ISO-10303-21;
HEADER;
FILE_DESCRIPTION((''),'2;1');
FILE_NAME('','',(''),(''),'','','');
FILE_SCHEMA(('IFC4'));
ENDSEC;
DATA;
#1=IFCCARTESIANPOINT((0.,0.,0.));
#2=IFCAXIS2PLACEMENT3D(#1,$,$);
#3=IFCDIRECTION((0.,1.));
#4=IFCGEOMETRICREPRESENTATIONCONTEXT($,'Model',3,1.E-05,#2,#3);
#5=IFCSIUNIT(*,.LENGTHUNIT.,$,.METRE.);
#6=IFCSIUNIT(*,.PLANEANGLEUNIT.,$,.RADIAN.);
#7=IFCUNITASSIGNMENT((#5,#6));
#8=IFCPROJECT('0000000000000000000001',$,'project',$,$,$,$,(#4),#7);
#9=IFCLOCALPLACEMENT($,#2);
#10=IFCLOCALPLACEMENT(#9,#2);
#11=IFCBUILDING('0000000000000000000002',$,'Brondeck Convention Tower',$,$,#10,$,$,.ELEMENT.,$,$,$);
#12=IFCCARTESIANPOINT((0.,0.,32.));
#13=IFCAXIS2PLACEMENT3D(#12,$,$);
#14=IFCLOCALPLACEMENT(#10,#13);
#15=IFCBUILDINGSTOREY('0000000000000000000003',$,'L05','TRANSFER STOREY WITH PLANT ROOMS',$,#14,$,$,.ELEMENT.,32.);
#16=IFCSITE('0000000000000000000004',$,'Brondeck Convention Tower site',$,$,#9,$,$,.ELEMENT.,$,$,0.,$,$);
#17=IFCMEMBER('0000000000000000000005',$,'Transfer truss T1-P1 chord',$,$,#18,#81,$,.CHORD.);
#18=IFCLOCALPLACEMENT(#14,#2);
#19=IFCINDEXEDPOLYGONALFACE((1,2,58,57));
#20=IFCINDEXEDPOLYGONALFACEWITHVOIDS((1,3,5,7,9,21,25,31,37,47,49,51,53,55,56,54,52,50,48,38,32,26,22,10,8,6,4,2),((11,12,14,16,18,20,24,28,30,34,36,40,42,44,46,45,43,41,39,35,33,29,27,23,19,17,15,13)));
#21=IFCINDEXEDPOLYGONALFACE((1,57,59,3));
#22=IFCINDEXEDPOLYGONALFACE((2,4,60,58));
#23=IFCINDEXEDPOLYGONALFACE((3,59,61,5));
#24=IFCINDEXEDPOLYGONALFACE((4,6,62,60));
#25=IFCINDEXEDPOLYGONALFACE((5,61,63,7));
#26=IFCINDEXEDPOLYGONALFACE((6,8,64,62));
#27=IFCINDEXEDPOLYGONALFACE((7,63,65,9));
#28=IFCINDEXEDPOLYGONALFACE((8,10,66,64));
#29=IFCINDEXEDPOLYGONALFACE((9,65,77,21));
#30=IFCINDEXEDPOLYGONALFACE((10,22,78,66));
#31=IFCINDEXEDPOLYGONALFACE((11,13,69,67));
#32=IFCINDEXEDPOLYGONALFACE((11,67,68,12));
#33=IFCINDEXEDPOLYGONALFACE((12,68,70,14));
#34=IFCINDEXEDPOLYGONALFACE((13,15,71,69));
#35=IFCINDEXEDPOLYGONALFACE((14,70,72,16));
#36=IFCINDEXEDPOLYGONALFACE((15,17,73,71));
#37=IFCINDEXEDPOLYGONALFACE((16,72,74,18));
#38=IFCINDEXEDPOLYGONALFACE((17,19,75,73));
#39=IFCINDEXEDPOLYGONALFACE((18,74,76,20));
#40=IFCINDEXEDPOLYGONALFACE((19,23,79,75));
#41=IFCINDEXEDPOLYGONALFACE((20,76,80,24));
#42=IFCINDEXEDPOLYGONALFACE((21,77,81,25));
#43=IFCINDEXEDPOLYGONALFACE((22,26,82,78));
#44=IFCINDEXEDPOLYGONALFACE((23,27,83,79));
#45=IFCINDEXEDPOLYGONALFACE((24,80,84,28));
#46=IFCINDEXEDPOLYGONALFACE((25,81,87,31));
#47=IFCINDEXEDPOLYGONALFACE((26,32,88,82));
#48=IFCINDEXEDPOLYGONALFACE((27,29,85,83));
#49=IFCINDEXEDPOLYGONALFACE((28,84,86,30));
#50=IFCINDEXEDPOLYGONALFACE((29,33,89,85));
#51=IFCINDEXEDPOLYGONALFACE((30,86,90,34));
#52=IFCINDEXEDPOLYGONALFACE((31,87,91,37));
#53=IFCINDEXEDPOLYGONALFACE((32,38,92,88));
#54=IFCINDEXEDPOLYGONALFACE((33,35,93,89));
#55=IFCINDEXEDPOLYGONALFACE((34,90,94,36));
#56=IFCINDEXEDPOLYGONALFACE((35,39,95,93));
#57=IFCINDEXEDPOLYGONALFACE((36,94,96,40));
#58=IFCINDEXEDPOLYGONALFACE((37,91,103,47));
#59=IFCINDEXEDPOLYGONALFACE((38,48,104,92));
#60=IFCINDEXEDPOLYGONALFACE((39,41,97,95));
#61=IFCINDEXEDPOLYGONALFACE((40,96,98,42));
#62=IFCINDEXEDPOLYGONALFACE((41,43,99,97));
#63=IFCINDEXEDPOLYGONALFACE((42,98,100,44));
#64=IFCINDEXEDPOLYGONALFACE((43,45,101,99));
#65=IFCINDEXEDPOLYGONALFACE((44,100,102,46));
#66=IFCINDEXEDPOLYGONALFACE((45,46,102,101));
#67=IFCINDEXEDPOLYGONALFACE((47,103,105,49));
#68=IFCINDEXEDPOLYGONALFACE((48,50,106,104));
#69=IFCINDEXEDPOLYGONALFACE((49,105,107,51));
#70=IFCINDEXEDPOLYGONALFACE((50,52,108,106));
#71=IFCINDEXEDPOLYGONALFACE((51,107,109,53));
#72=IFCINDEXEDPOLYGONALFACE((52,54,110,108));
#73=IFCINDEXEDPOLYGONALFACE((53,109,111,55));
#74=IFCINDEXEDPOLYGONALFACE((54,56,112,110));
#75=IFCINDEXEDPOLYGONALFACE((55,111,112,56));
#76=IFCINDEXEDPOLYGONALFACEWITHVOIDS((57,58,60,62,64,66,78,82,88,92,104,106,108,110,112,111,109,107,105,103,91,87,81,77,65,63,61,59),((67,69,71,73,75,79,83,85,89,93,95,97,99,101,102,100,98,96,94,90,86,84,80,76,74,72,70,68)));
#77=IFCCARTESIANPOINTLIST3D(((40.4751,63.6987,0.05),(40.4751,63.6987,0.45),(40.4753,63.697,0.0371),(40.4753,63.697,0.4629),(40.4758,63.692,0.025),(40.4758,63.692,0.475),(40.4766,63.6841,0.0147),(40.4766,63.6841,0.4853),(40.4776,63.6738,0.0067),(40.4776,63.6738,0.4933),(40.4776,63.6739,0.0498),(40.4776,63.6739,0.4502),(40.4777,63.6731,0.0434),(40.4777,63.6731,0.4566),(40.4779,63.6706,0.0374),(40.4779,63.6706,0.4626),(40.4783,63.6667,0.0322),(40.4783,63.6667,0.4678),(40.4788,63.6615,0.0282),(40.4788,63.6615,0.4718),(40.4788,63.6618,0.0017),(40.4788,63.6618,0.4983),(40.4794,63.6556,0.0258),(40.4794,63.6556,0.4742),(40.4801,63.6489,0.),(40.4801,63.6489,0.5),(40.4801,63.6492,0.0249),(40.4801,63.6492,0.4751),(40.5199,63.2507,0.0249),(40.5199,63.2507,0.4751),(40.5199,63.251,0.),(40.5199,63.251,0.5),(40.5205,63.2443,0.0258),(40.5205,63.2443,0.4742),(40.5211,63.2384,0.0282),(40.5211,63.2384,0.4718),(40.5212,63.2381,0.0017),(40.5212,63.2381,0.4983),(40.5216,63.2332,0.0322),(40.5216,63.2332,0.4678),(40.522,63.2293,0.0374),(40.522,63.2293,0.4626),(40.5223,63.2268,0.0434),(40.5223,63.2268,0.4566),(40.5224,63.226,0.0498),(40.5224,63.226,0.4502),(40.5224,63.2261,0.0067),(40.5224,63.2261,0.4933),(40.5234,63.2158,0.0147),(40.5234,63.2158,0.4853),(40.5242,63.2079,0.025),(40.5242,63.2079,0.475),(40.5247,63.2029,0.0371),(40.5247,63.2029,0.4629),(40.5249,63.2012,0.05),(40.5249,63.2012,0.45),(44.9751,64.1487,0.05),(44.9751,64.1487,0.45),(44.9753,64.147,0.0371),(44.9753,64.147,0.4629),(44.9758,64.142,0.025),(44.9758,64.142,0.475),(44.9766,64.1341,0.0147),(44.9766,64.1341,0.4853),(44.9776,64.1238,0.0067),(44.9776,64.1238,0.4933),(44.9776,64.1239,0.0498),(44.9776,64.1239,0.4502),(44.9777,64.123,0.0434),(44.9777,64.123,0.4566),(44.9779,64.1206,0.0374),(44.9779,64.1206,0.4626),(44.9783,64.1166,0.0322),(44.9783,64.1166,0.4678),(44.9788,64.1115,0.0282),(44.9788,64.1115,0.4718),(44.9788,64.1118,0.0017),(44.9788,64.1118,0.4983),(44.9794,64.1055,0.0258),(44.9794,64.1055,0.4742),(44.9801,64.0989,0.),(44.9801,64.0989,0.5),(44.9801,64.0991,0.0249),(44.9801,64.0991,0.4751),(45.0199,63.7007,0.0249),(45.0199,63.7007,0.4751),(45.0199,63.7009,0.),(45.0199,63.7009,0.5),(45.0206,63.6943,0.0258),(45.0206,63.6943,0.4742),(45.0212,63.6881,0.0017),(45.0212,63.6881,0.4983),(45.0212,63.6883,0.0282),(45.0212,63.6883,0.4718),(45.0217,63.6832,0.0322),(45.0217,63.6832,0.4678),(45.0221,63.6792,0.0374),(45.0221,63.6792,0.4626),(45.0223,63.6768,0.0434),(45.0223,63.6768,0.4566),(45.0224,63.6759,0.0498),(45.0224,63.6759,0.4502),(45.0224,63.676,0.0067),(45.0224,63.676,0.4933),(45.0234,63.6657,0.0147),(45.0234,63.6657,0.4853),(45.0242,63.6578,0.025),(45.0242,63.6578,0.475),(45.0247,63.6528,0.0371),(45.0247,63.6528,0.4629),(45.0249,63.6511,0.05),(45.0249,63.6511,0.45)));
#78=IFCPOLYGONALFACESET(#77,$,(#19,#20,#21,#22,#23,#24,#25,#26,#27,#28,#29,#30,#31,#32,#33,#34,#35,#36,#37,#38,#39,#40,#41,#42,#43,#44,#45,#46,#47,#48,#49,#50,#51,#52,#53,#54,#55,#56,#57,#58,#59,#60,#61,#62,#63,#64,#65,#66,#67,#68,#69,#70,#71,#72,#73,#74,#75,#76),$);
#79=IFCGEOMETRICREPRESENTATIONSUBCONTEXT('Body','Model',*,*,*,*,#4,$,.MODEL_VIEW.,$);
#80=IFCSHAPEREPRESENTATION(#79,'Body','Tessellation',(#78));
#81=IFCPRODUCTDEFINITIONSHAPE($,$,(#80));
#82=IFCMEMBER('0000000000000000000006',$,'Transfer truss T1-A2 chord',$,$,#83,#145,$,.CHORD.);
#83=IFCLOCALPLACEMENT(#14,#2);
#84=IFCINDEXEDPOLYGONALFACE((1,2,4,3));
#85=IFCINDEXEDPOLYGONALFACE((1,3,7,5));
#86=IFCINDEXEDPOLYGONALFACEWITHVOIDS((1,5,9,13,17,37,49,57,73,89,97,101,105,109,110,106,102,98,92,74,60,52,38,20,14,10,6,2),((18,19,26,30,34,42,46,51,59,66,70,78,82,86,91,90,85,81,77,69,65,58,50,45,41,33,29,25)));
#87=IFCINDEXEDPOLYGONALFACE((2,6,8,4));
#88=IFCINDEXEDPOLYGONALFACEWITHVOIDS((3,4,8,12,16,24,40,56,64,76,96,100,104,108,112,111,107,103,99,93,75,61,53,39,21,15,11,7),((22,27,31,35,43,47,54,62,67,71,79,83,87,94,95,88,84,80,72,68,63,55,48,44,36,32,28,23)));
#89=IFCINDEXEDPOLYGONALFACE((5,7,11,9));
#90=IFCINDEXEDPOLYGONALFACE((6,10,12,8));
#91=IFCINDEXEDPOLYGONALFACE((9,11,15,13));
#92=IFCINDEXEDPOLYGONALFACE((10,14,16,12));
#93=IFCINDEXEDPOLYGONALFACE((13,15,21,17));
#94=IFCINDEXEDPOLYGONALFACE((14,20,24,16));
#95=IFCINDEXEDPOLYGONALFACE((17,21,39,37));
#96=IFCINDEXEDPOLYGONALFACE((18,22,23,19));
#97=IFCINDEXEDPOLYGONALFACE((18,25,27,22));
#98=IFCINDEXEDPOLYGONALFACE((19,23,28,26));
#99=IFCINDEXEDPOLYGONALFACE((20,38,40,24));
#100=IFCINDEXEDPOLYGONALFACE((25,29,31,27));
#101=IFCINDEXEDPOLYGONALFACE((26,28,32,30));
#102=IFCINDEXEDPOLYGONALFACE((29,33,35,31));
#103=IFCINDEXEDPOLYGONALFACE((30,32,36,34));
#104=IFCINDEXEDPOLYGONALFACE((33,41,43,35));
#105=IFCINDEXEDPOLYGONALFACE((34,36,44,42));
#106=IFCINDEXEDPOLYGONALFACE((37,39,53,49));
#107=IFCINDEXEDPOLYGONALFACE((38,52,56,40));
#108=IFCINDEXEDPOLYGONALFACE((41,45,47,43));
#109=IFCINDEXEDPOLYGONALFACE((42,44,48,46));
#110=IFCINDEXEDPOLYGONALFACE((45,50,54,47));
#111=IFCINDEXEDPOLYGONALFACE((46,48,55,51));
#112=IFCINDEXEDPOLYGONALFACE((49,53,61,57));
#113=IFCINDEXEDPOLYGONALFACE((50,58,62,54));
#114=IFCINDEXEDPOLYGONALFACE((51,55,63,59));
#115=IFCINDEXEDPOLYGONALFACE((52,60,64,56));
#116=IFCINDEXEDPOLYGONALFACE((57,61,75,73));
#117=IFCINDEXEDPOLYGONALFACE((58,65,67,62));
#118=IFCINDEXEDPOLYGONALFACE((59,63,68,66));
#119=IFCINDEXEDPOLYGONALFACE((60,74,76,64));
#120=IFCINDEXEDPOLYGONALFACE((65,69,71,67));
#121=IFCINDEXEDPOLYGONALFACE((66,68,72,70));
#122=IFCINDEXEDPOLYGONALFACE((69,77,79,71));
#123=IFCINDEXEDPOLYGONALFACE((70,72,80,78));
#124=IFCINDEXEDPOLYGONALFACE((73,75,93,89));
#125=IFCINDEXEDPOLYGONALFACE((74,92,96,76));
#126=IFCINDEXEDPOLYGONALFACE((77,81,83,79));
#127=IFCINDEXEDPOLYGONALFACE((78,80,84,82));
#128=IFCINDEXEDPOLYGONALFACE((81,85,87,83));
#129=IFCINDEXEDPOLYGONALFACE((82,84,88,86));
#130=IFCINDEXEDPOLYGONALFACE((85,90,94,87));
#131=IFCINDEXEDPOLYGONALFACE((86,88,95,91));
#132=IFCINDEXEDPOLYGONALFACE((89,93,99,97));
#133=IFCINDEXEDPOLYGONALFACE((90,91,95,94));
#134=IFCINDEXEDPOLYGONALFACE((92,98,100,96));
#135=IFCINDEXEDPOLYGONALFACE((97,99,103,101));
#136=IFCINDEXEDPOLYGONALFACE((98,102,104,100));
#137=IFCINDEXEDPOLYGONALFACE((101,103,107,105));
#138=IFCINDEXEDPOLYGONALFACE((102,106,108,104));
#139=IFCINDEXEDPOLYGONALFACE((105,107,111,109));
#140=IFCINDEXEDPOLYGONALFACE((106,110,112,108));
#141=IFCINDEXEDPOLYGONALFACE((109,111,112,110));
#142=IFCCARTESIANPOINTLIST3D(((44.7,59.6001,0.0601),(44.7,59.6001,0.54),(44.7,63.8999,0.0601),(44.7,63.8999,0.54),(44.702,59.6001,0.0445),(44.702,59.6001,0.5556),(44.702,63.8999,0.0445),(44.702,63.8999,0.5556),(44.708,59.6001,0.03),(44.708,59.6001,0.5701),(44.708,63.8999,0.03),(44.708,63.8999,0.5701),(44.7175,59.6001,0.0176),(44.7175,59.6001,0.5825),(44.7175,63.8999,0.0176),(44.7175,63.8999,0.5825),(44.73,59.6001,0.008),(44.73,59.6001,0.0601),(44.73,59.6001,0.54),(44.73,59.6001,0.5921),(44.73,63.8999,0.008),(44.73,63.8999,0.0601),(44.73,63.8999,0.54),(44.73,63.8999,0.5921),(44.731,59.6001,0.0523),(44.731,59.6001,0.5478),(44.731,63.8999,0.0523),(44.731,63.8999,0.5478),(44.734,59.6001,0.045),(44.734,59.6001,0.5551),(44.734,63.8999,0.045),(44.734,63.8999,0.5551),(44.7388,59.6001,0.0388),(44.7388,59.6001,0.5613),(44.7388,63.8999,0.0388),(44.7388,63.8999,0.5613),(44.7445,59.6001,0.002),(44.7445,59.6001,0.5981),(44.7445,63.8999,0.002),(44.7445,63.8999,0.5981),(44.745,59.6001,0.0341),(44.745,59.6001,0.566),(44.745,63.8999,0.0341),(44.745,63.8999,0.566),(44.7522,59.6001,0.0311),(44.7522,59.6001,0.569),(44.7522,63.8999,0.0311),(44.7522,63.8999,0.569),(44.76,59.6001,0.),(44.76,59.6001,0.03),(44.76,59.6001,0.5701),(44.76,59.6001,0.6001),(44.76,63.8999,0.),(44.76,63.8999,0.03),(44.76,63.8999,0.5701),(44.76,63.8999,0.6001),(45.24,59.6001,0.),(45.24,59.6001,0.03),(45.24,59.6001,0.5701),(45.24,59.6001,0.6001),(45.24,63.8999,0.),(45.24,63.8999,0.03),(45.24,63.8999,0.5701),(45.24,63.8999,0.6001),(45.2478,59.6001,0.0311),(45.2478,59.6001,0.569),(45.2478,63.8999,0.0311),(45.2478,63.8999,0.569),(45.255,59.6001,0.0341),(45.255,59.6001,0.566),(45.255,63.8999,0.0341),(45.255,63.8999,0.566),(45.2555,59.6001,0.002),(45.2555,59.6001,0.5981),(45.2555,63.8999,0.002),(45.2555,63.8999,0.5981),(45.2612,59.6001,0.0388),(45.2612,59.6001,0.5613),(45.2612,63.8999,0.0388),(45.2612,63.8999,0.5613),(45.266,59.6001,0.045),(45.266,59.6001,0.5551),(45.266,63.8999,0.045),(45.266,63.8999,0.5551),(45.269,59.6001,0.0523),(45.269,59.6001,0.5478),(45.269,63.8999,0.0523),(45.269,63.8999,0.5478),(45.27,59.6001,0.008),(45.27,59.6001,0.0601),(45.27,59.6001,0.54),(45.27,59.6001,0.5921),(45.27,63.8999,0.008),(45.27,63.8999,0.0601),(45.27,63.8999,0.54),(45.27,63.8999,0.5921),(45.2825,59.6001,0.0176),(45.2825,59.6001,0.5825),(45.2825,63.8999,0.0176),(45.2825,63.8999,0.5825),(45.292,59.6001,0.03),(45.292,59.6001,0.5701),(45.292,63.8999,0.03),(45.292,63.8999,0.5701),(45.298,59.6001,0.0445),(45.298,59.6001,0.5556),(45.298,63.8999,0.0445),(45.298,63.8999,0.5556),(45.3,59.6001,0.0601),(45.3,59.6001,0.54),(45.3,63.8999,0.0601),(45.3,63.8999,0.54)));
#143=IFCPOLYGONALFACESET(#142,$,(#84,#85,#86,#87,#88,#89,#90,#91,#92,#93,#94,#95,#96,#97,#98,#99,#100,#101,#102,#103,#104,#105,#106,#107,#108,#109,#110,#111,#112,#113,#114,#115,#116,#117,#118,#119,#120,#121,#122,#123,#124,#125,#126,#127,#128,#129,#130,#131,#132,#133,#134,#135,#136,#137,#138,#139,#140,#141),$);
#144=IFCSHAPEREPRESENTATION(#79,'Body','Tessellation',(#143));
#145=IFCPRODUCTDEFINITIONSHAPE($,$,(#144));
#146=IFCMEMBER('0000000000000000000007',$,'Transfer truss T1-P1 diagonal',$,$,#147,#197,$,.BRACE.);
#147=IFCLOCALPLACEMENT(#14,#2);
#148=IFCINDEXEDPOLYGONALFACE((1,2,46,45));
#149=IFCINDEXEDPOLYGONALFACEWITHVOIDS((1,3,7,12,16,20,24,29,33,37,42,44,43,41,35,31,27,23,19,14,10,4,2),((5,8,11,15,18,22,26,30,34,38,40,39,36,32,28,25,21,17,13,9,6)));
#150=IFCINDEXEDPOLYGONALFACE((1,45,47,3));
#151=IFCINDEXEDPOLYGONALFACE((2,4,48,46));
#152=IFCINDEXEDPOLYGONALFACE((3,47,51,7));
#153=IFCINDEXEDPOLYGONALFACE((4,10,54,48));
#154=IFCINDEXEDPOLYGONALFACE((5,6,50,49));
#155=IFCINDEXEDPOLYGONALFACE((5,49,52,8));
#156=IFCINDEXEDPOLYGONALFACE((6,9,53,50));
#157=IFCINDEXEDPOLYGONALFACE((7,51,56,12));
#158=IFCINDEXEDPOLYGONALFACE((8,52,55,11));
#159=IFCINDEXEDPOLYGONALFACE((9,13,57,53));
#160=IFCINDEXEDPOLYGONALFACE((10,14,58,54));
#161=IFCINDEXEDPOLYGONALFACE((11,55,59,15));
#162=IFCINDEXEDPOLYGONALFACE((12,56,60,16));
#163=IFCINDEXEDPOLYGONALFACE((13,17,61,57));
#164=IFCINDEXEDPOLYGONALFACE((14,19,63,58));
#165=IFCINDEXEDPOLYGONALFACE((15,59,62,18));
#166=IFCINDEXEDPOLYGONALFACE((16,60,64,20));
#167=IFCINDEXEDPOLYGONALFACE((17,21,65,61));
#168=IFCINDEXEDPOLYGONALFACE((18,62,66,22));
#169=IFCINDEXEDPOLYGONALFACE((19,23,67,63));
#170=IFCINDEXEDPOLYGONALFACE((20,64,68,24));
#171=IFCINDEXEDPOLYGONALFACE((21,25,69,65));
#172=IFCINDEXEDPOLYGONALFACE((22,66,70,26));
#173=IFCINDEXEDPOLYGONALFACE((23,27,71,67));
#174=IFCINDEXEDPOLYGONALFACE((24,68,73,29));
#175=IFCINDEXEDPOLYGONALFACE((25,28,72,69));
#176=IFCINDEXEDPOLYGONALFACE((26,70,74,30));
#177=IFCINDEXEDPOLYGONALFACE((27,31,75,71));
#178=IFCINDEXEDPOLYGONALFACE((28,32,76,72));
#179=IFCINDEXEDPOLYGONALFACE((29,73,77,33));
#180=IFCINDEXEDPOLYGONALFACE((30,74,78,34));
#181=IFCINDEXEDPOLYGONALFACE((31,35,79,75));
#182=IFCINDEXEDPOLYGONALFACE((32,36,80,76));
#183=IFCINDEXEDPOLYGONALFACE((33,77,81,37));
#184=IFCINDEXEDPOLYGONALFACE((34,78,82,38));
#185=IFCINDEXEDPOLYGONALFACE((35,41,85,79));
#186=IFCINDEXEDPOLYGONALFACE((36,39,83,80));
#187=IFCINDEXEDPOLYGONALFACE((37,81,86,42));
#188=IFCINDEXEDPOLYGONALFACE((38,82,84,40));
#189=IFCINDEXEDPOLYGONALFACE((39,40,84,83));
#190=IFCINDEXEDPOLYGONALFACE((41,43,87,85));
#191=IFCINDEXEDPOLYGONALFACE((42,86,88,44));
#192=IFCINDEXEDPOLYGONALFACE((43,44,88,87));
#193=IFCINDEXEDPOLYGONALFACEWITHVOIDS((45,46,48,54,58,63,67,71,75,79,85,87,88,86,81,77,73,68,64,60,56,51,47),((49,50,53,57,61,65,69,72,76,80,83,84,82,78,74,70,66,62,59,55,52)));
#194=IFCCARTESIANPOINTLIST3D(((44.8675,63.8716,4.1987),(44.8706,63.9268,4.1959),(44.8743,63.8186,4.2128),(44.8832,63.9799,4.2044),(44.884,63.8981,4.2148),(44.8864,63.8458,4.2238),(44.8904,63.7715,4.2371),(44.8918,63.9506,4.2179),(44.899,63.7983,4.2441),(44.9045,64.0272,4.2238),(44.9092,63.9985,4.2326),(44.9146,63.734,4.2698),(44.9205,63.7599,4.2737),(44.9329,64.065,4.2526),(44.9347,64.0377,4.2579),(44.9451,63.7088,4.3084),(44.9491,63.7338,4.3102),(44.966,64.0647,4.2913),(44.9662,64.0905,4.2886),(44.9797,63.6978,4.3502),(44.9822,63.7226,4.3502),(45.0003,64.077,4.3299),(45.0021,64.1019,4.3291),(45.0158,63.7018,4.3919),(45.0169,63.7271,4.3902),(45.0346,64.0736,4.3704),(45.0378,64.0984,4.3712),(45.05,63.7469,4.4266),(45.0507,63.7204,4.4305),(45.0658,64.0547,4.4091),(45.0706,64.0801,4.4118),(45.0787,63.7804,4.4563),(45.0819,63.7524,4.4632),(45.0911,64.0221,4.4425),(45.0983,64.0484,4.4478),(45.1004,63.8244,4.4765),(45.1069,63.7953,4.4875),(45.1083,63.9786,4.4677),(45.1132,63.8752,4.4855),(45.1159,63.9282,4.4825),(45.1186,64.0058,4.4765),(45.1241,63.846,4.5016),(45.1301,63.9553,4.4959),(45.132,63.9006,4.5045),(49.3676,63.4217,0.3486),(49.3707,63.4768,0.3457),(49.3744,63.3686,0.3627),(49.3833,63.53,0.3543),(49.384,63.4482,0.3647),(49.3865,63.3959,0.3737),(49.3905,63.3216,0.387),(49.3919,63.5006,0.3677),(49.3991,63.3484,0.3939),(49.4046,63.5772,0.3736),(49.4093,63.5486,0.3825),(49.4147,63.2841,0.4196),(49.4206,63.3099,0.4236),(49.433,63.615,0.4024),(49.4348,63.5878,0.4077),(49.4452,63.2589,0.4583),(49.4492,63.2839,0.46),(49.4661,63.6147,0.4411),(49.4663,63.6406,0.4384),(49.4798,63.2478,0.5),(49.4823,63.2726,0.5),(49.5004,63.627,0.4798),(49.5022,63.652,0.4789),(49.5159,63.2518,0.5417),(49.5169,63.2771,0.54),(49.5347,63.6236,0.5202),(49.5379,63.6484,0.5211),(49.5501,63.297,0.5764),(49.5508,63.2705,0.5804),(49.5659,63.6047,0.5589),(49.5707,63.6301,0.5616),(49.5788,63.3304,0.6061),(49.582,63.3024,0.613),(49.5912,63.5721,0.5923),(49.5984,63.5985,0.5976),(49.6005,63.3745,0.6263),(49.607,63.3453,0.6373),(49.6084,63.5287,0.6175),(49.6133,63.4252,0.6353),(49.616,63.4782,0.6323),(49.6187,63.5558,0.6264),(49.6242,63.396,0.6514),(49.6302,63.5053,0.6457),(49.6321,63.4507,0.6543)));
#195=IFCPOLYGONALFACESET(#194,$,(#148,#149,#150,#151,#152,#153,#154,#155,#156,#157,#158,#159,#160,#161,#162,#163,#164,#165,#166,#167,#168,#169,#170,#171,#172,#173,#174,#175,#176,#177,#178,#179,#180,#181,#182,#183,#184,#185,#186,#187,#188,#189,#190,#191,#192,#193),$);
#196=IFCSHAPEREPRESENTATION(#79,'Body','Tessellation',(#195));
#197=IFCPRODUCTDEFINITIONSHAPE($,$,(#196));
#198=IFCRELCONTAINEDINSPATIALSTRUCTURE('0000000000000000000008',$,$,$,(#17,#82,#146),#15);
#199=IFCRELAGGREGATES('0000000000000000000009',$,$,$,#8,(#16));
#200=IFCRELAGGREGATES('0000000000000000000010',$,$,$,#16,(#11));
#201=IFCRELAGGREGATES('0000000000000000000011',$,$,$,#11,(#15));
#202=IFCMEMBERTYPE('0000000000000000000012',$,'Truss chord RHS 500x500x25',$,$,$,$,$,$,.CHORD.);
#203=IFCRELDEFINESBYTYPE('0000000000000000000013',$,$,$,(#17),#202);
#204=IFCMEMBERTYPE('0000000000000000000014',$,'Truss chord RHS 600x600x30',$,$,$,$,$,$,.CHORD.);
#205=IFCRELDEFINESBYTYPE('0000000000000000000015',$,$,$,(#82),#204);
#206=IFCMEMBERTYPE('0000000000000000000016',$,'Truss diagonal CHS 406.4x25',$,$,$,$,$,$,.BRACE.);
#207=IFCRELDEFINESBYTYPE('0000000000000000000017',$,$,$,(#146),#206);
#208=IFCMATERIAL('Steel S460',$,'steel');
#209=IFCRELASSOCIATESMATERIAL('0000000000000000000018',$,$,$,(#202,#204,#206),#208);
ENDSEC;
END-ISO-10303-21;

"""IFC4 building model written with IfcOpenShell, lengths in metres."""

from ifc_helpers import new_model, si_unit, direction, frame, origin, origin_2d, place, context, subcontext, project, spatial, hollow_rectangle, hollow_circle, extrude, material, material_profile, profile_set, type_object, element, save


model = new_model("IFC4")

# Units and contexts
model_context = context("Model", 3, precision=1e-05, world=origin(), true_north=direction((0.0, 1.0)))
body_context = subcontext(model_context, "Body", "Model", "MODEL_VIEW")
ifc_project = project(units=[si_unit("LENGTHUNIT", "METRE"), si_unit("PLANEANGLEUNIT", "RADIAN")], contexts=[model_context])

# Site, building, storey
site_placement = place(None, origin())
site = spatial("IfcSite", under=ifc_project, at=site_placement, Name="Brondeck Convention Tower site", CompositionType="ELEMENT", RefElevation=0.0)
building_placement = place(site_placement, origin())
building = spatial("IfcBuilding", under=site, at=building_placement, Name="Brondeck Convention Tower", CompositionType="ELEMENT")
storey_placement = place(building_placement, frame((0.0, 0.0, 32.0)))
storey = spatial("IfcBuildingStorey", under=building, at=storey_placement, Name="L05", Description="TRANSFER STOREY WITH PLANT ROOMS", CompositionType="ELEMENT", Elevation=32.0)

# Shared definitions
ifc_material_1 = material(Name="Steel S460", Category="steel")

# Members
ifc_material_profile_1 = material_profile(ifc_material_1, hollow_rectangle(XDim=0.5, YDim=0.5, WallThickness=0.0249, InnerFilletRadius=0.0249, OuterFilletRadius=0.05, at=origin_2d()), Name="RHS 500x500x25")
ifc_profile_set_1 = profile_set([ifc_material_profile_1], Name="Steel S460")
member_type_1 = type_object("IfcMemberType", Name="Truss chord RHS 500x500x25", PredefinedType="CHORD", material=ifc_profile_set_1)
for number, where, z_axis, x_axis, name in (
    (1, (45.0, 63.8999, 0.25), (-0.995038, -0.099493, 0.0), (0.099493, -0.995038, 0.0), "Transfer truss T1-P1 chord"),
):
    element("IfcMember", number, at=place(storey_placement, frame(where, z_axis=z_axis, x_axis=x_axis)), inside=storey, type_object=member_type_1, Name=name, PredefinedType="CHORD", context=body_context, shape_type="SweptSolid", body=[
        extrude(hollow_rectangle(XDim=0.5, YDim=0.5, WallThickness=0.0249, InnerFilletRadius=0.0249, OuterFilletRadius=0.05, at=origin_2d()), origin(), (0.0, 0.0, 1.0), 4.5225),
    ])
ifc_material_profile_2 = material_profile(ifc_material_1, hollow_rectangle(XDim=0.6001, YDim=0.6001, WallThickness=0.03, InnerFilletRadius=0.03, OuterFilletRadius=0.0601, at=origin_2d()), Name="RHS 600x600x30")
ifc_profile_set_2 = profile_set([ifc_material_profile_2], Name="Steel S460")
member_type_2 = type_object("IfcMemberType", Name="Truss chord RHS 600x600x30", PredefinedType="CHORD", material=ifc_profile_set_2)
member_1_placement = place(storey_placement, frame((45.0, 59.6001, 0.3), z_axis=(0.0, 1.0, 0.0), x_axis=(-1.0, 0.0, 0.0)))
element("IfcMember", 2, at=member_1_placement, inside=storey, type_object=member_type_2, Name="Transfer truss T1-A2 chord", PredefinedType="CHORD", context=body_context, shape_type="SweptSolid", body=[
    extrude(hollow_rectangle(XDim=0.6001, YDim=0.6001, WallThickness=0.03, InnerFilletRadius=0.03, OuterFilletRadius=0.0601, at=origin_2d()), origin(), (0.0, 0.0, 1.0), 4.2998),
])
ifc_material_profile_3 = material_profile(ifc_material_1, hollow_circle(Radius=0.2031, WallThickness=0.0249, at=origin_2d()), Name="CHS 406.4x25")
ifc_profile_set_3 = profile_set([ifc_material_profile_3], Name="Steel S460")
member_type_3 = type_object("IfcMemberType", Name="Truss diagonal CHS 406.4x25", PredefinedType="BRACE", material=ifc_profile_set_3)
for number, where, z_axis, x_axis, name in (
    (3, (49.5, 63.45, 0.5), (-0.75766, 0.075758, 0.648237), (-0.099493, -0.995038, 0.0), "Transfer truss T1-P1 diagonal"),
):
    element("IfcMember", number, at=place(storey_placement, frame(where, z_axis=z_axis, x_axis=x_axis)), inside=storey, type_object=member_type_3, Name=name, PredefinedType="BRACE", context=body_context, shape_type="SweptSolid", body=[
        extrude(hollow_circle(Radius=0.2031, WallThickness=0.0249, at=origin_2d()), origin(), (0.0, 0.0, 1.0), 5.9395),
    ])

save(model, "model.ifc")
